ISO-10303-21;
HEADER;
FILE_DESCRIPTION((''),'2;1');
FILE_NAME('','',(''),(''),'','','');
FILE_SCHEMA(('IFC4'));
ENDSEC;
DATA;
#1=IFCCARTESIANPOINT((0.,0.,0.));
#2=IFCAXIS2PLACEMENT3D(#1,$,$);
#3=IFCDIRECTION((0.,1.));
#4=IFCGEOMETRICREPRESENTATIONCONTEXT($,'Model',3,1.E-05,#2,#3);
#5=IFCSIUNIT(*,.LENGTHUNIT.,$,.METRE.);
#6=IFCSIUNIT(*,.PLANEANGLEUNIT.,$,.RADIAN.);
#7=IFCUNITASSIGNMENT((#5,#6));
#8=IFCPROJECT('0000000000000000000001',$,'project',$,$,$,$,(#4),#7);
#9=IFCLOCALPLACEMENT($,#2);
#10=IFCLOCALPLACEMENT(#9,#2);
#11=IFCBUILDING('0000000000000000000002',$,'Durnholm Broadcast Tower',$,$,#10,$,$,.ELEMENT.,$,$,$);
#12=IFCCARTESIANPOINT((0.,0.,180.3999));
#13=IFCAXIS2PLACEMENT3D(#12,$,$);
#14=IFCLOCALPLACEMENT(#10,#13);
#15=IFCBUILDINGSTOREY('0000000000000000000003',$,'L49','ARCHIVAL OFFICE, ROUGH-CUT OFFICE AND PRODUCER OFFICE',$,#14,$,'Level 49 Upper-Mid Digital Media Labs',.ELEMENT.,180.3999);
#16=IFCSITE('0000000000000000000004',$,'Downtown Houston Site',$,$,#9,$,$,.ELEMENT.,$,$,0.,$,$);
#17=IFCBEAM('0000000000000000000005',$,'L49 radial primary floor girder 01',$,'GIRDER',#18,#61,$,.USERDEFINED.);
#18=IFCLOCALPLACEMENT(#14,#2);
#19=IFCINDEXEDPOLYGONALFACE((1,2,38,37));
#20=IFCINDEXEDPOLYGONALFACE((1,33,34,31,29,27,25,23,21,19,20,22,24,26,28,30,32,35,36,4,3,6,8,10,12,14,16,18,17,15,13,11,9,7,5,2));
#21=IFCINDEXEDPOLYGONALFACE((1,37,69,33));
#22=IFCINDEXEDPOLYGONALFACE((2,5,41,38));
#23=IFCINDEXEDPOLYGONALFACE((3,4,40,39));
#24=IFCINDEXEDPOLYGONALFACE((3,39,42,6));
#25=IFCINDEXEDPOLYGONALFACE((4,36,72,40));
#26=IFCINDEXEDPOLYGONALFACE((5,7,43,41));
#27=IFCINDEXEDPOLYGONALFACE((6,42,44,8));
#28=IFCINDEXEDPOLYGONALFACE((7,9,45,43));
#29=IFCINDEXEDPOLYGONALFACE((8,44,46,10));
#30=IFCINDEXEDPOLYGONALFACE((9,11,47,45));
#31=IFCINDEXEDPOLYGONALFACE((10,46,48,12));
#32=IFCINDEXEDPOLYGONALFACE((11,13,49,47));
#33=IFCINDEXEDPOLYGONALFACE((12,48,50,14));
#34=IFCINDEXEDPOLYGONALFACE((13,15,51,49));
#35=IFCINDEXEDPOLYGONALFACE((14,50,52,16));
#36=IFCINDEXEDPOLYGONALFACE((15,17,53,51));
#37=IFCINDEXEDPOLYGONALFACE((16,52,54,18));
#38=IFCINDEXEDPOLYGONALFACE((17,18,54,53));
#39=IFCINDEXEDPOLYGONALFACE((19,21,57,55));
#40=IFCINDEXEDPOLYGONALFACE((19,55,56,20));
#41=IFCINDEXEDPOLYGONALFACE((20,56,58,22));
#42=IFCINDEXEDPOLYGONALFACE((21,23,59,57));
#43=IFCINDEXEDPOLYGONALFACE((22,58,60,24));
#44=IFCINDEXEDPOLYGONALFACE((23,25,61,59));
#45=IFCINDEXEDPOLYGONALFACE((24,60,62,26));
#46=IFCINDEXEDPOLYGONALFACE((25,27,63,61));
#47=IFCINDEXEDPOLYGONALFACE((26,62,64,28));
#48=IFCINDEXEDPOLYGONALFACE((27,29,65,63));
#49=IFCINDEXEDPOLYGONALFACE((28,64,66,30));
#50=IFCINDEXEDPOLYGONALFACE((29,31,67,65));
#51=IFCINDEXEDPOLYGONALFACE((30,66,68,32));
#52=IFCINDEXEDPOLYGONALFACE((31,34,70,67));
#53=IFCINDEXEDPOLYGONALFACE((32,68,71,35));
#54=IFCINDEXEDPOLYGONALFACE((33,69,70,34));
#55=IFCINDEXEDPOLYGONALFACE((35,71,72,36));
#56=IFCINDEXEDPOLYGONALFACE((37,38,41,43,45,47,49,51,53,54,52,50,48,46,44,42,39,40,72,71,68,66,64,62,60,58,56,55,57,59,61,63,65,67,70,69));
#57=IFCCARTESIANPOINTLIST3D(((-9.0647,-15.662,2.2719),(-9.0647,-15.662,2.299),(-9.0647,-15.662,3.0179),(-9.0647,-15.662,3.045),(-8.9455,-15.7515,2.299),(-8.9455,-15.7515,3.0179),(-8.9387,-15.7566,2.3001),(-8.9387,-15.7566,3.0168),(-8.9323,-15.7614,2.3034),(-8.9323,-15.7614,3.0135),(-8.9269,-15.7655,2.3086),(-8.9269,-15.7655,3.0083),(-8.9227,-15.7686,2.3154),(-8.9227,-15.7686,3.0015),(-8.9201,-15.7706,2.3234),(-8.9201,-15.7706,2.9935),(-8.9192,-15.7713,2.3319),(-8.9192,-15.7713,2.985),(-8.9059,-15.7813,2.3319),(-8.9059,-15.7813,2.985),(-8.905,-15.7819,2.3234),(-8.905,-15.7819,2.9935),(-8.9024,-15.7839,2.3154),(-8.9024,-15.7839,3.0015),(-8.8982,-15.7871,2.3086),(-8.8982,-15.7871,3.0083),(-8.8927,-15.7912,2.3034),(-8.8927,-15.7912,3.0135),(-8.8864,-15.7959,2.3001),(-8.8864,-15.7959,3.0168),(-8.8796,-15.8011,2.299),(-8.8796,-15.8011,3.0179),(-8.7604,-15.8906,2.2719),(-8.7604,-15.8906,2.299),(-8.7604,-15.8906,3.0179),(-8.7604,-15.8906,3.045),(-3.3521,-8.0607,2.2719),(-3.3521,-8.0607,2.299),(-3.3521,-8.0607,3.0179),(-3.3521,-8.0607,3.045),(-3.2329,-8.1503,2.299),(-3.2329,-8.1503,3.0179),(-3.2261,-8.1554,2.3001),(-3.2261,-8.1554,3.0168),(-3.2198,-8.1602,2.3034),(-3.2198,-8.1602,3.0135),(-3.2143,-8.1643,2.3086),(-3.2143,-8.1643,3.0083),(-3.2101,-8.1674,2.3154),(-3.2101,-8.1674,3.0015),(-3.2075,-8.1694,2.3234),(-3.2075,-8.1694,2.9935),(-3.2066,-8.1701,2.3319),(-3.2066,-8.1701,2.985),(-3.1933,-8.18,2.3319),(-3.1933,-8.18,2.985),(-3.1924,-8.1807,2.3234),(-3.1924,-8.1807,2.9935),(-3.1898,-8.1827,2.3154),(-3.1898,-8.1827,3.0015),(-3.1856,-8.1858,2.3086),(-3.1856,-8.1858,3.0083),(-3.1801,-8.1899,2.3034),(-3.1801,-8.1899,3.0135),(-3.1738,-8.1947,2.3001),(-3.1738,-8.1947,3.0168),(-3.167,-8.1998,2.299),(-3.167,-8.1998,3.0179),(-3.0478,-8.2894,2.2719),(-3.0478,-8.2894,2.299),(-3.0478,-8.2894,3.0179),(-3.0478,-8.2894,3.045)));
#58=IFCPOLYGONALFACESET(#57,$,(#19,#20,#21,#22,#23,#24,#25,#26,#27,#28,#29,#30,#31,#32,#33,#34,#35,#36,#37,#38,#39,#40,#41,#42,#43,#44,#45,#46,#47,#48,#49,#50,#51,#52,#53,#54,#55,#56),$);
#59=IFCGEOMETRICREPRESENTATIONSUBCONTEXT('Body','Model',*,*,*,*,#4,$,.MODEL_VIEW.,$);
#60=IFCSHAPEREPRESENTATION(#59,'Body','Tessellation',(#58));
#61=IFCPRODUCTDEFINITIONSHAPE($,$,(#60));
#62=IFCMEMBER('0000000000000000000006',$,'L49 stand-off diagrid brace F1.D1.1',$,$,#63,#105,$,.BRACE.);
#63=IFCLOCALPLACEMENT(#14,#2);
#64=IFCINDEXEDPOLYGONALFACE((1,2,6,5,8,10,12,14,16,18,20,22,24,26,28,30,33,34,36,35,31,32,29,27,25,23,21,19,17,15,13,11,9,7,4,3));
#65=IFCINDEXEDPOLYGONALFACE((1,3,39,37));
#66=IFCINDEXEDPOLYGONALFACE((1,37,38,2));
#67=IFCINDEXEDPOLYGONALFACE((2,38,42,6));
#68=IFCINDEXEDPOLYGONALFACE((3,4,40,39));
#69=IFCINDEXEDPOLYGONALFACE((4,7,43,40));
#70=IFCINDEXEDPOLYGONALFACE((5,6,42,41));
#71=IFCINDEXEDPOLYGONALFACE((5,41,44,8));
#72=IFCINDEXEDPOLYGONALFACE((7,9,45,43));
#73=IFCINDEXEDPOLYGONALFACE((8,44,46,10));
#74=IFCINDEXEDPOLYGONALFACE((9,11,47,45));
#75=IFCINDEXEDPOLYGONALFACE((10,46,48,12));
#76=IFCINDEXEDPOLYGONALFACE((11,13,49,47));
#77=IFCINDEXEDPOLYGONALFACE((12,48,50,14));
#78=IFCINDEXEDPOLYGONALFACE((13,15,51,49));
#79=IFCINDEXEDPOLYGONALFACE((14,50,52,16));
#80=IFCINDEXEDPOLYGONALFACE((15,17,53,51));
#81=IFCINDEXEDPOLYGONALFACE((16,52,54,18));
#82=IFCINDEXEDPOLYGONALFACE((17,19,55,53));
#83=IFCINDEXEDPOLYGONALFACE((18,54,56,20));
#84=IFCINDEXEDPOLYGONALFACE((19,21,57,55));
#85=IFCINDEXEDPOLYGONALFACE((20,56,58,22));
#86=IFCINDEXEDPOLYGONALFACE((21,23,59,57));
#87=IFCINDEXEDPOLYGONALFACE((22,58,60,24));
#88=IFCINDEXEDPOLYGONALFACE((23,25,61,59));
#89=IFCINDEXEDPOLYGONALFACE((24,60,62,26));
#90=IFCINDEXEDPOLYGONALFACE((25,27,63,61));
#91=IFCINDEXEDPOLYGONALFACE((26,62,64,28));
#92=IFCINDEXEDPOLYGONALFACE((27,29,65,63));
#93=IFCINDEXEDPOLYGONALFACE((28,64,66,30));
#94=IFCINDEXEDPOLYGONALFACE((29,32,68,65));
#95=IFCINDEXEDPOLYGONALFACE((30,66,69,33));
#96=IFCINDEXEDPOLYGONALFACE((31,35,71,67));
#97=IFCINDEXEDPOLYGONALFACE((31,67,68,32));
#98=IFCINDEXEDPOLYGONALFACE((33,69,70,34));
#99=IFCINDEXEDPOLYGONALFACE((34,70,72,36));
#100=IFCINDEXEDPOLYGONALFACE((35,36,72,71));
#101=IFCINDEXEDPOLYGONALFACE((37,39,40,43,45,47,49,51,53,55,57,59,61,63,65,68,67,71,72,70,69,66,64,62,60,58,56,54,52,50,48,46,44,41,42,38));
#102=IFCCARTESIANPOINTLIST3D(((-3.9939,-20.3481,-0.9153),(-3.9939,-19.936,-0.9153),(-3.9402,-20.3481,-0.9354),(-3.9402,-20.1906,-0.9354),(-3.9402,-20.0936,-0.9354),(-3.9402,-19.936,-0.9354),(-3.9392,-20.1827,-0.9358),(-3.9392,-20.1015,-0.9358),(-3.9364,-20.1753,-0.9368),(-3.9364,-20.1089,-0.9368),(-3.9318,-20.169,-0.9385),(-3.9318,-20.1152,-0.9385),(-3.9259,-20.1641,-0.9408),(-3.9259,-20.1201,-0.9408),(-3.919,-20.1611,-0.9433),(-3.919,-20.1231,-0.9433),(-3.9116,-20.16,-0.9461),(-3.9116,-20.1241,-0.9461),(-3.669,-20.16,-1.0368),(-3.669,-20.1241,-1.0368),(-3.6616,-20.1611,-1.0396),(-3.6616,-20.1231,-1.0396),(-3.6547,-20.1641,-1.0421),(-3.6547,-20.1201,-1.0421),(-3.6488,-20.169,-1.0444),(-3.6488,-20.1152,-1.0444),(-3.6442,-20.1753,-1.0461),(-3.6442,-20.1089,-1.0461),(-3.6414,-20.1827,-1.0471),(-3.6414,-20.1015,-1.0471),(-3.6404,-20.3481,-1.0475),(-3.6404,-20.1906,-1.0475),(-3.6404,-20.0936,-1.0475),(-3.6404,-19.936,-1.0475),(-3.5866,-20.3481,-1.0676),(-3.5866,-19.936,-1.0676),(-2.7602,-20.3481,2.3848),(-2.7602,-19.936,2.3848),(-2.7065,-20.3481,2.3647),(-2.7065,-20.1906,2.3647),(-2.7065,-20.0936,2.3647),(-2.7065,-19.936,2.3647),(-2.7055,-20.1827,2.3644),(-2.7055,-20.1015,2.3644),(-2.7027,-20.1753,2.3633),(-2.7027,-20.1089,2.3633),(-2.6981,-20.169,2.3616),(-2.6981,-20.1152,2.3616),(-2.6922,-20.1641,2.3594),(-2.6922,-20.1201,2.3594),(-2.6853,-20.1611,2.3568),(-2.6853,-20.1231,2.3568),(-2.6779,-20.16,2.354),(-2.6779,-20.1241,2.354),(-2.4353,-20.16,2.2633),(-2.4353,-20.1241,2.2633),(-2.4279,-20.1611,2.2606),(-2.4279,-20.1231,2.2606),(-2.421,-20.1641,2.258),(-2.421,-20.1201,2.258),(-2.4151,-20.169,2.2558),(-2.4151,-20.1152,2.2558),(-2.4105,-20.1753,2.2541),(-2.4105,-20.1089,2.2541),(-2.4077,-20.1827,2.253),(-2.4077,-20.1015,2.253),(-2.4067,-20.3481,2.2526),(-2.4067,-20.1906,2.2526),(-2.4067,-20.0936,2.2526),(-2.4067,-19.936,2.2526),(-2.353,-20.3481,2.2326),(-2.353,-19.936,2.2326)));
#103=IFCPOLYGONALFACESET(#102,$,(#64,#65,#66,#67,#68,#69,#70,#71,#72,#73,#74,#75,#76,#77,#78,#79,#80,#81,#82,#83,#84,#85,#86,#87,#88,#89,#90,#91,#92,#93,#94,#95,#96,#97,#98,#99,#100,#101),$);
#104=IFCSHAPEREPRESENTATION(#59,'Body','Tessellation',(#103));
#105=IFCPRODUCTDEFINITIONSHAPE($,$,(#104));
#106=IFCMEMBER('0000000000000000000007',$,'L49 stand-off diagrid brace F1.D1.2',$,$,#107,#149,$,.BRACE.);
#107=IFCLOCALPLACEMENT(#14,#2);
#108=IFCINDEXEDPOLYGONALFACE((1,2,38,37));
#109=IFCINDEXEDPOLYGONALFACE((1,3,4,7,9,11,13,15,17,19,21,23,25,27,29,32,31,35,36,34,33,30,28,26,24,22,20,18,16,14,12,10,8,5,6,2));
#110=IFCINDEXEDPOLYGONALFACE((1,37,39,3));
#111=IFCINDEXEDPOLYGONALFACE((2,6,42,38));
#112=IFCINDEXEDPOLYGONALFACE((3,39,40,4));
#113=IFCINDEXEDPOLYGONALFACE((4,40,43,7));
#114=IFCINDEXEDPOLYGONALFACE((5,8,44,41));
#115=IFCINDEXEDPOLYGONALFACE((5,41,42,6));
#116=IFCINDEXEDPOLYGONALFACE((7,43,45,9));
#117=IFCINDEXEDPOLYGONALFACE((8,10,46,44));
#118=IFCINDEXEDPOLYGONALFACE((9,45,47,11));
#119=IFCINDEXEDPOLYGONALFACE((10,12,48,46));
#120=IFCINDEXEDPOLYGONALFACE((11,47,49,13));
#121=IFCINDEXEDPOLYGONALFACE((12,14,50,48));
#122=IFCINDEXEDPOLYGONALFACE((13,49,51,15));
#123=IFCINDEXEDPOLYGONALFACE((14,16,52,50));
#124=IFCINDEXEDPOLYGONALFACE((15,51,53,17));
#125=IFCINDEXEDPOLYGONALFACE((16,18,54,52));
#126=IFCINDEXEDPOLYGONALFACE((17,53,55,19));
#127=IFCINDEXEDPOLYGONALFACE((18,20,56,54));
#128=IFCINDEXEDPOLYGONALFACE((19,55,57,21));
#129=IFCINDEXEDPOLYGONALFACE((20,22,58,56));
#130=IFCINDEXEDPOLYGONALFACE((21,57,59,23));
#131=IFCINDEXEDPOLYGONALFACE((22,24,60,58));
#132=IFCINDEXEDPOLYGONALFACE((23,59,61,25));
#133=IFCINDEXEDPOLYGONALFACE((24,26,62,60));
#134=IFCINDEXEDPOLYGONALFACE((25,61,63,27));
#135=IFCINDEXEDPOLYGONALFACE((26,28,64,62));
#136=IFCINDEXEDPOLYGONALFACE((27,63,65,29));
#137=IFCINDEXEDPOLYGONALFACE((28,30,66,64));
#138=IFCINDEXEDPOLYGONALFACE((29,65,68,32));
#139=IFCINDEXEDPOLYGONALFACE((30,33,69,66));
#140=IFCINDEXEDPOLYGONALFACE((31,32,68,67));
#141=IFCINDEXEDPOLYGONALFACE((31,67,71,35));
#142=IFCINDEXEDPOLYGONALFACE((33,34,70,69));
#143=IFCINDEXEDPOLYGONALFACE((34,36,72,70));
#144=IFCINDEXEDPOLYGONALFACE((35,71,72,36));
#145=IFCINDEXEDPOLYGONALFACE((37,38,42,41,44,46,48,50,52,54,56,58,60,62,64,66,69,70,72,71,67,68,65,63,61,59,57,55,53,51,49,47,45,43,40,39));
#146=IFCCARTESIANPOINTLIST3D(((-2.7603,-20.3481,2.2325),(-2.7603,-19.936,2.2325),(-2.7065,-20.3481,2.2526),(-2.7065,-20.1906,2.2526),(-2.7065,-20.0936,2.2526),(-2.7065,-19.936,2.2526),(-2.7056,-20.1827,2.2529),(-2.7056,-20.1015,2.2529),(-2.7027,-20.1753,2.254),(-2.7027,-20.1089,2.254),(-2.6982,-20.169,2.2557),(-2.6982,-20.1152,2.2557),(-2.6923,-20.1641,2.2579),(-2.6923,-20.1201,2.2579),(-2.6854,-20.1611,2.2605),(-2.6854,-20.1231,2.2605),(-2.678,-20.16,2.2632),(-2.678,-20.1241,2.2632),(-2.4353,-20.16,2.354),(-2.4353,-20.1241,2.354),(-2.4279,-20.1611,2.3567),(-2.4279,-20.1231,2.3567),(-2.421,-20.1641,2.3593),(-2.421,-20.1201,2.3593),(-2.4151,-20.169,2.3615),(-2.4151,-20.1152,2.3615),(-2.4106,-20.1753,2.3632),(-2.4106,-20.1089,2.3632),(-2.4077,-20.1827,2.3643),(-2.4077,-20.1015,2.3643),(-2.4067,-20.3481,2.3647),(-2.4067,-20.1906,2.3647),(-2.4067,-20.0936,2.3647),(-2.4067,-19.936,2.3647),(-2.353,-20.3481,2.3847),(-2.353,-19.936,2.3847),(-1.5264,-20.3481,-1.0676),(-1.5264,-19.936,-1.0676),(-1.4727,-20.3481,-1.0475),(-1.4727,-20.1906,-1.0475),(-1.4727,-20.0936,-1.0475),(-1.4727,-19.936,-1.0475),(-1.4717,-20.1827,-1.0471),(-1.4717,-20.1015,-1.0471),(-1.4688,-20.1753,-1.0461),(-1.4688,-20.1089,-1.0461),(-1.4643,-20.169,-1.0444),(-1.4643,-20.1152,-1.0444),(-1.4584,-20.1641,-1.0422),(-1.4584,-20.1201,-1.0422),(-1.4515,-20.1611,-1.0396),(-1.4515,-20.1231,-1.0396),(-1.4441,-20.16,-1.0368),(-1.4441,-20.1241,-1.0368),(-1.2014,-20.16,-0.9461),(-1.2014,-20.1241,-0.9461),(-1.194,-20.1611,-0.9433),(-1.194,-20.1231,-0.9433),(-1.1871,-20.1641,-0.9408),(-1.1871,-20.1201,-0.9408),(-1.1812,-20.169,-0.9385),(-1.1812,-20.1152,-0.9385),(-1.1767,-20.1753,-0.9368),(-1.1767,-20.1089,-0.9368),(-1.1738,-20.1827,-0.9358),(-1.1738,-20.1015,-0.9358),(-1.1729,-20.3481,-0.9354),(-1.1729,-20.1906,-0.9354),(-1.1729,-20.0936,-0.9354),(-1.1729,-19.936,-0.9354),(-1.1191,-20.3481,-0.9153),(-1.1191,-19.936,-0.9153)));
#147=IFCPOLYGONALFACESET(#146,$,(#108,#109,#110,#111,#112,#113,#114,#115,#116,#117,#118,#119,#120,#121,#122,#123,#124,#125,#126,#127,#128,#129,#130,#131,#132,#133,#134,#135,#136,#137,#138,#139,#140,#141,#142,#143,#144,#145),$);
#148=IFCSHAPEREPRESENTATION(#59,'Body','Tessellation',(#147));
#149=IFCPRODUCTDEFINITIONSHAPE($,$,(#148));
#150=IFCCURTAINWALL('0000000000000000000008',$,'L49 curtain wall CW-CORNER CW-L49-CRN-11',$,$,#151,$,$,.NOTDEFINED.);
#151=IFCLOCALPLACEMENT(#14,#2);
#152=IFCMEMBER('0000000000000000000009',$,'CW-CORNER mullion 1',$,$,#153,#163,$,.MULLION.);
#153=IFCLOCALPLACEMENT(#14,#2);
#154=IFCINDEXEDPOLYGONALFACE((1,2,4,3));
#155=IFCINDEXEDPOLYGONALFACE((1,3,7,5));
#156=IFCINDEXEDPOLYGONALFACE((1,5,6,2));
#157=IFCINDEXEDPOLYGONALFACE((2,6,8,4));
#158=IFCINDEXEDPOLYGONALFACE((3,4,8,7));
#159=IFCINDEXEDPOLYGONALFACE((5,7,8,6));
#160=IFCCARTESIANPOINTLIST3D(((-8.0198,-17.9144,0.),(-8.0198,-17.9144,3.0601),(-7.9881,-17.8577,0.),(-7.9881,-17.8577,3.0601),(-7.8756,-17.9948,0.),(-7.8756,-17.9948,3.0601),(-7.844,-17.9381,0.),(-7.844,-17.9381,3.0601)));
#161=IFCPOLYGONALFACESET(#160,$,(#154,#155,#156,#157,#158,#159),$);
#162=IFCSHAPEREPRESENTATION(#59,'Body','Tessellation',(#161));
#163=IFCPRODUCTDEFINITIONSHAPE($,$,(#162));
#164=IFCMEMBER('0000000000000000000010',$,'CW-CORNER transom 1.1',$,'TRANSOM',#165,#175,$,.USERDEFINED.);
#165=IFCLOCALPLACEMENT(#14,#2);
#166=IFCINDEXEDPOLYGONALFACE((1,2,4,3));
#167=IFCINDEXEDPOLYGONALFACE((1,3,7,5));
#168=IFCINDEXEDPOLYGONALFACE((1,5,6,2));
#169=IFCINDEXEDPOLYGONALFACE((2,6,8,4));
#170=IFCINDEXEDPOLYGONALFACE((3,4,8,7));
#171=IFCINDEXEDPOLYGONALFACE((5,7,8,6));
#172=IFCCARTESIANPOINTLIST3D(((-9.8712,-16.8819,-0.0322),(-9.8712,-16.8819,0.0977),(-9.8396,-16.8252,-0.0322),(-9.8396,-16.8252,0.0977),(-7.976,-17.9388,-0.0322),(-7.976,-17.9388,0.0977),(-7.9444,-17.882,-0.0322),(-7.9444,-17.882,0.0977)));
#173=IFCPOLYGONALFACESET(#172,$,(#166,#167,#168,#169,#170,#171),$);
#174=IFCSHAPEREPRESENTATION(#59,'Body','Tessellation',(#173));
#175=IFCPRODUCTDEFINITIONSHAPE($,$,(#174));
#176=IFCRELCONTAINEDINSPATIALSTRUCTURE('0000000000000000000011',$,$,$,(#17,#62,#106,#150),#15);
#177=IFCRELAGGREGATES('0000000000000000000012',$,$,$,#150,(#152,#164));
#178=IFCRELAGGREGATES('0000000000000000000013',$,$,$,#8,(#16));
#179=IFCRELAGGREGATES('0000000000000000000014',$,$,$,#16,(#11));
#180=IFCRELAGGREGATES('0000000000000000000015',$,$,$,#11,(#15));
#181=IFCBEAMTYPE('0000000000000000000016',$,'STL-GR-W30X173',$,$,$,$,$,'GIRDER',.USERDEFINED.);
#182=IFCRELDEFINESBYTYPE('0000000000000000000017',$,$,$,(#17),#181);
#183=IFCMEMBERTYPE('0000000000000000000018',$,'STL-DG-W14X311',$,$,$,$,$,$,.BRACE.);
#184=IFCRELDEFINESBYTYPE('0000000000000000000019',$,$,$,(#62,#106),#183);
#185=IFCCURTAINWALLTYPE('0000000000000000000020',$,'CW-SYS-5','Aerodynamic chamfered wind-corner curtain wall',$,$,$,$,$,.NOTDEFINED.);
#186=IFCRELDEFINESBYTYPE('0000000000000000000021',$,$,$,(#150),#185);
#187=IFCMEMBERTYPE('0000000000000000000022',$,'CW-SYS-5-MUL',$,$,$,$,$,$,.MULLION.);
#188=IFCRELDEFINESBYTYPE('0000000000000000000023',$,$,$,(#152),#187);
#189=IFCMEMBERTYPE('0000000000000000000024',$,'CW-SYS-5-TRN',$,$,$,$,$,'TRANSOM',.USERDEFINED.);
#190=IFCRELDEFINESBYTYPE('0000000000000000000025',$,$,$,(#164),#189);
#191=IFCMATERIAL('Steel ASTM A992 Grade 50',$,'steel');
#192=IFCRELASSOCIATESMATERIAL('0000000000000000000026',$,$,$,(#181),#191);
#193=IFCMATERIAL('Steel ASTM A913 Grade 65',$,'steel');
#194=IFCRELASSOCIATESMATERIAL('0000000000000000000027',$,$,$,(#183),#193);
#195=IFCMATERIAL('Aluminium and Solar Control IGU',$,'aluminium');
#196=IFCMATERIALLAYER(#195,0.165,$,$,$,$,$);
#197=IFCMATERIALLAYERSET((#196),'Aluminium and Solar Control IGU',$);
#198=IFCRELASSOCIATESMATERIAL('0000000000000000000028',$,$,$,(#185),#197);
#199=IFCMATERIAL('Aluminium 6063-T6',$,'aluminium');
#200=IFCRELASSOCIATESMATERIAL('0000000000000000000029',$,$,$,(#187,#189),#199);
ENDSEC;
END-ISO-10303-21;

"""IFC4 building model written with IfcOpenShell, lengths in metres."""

from ifc_helpers import new_model, si_unit, direction, frame, origin, origin_2d, place, context, subcontext, project, spatial, rectangle, i_section, extrude, source, transform, mapped, material, layer, layer_set, material_profile, profile_set, type_object, type_shapes, element, aggregate, save


model = new_model("IFC4")

# Units and contexts
model_context = context("Model", 3, precision=1e-05, world=origin(), true_north=direction((0.0, 1.0)))
body_context = subcontext(model_context, "Body", "Model", "MODEL_VIEW")
ifc_project = project(units=[si_unit("LENGTHUNIT", "METRE"), si_unit("PLANEANGLEUNIT", "RADIAN")], contexts=[model_context])

# Site, building, storey
site_placement = place(None, origin())
site = spatial("IfcSite", under=ifc_project, at=site_placement, Name="Downtown Houston Site", CompositionType="ELEMENT", RefElevation=0.0)
building_placement = place(site_placement, origin())
building = spatial("IfcBuilding", under=site, at=building_placement, Name="Durnholm Broadcast Tower", CompositionType="ELEMENT")
storey_placement = place(building_placement, frame((0.0, 0.0, 180.3999)))
storey = spatial("IfcBuildingStorey", under=building, at=storey_placement, Name="L49", Description="ARCHIVAL OFFICE, ROUGH-CUT OFFICE AND PRODUCER OFFICE", LongName="Level 49 Upper-Mid Digital Media Labs", CompositionType="ELEMENT", Elevation=180.3999)

# Beam
ifc_material_1 = material(Name="Steel ASTM A992 Grade 50", Category="steel")
ifc_material_profile_1 = material_profile(ifc_material_1, i_section(OverallWidth=0.3806, OverallDepth=0.7732, WebThickness=0.0166, FlangeThickness=0.0271, FilletRadius=0.033, at=origin_2d()), Name="W30X173")
ifc_profile_set_1 = profile_set([ifc_material_profile_1], Name="Steel ASTM A992 Grade 50")
beam_type_1 = type_object("IfcBeamType", Name="STL-GR-W30X173", ElementType="GIRDER", PredefinedType="USERDEFINED", material=ifc_profile_set_1)
shared_shape_1 = source(origin(), body_context, "Body", "SweptSolid", [
    extrude(i_section(OverallWidth=0.3806, OverallDepth=0.7732, WebThickness=0.0166, FlangeThickness=0.0271, FilletRadius=0.033, at=origin_2d()), origin(), (0.0, 0.0, 1.0), 9.5085),
])
type_shapes(beam_type_1, [shared_shape_1])
beam_1_placement = place(storey_placement, frame((-3.2, -8.175, 2.6584), z_axis=(-0.600784, -0.799411, 0.0), x_axis=(0.799411, -0.600784, 0.0)))
element("IfcBeam", 1, at=beam_1_placement, inside=storey, type_object=beam_type_1, Name="L49 radial primary floor girder 01", ObjectType="GIRDER", PredefinedType="USERDEFINED", context=body_context, shape_type="MappedRepresentation", body=[
    mapped(shared_shape_1, transform((0.0, 0.0, 0.0), x_axis=(1.0, 0.0, 0.0), y_axis=(0.0, 1.0, 0.0), z_axis=(0.0, 0.0, 1.0), scale=1.0)),
])

# Members
ifc_material_2 = material(Name="Steel ASTM A913 Grade 65", Category="steel")
ifc_material_profile_2 = material_profile(ifc_material_2, i_section(OverallWidth=0.4121, OverallDepth=0.4348, WebThickness=0.0359, FlangeThickness=0.0574, FilletRadius=0.0305, at=origin_2d()), Name="W14X311")
ifc_profile_set_2 = profile_set([ifc_material_profile_2], Name="Steel ASTM A913 Grade 65")
member_type_1 = type_object("IfcMemberType", Name="STL-DG-W14X311", PredefinedType="BRACE", material=ifc_profile_set_2)
shared_shape_2 = source(origin(), body_context, "Body", "SweptSolid", [
    extrude(i_section(OverallWidth=0.4121, OverallDepth=0.4348, WebThickness=0.0359, FlangeThickness=0.0574, FilletRadius=0.0305, at=origin_2d()), origin(), (0.0, 0.0, 1.0), 3.5232),
])
type_shapes(member_type_1, [shared_shape_2])
for number, where, z_axis, x_axis, name in (
    (2, (-3.7903, -20.1421, -0.9915), (0.350159, 0.0, 0.93669), (0.0, 1.0, 0.0), "L49 stand-off diagrid brace F1.D1.1"),
    (3, (-1.3228, -20.1421, -0.9915), (-0.35022, 0.0, 0.936668), (0.0, -1.0, 0.0), "L49 stand-off diagrid brace F1.D1.2"),
):
    element("IfcMember", number, at=place(storey_placement, frame(where, z_axis=z_axis, x_axis=x_axis)), inside=storey, type_object=member_type_1, Name=name, PredefinedType="BRACE", context=body_context, shape_type="MappedRepresentation", body=[
        mapped(shared_shape_2, transform((0.0, 0.0, 0.0), x_axis=(1.0, 0.0, 0.0), y_axis=(0.0, 1.0, 0.0), z_axis=(0.0, 0.0, 1.0), scale=1.0)),
    ])

# Curtain wall, members
ifc_material_3 = material(Name="Aluminium and Solar Control IGU", Category="aluminium")
ifc_layer_1 = layer(ifc_material_3, 0.165)
ifc_layer_set_1 = layer_set([ifc_layer_1], Name="Aluminium and Solar Control IGU")
curtain_wall_type_1 = type_object("IfcCurtainWallType", Name="CW-SYS-5", Description="Aerodynamic chamfered wind-corner curtain wall", PredefinedType="NOTDEFINED", material=ifc_layer_set_1)
curtain_wall_1_placement = place(storey_placement, origin())
curtain_wall_1 = element("IfcCurtainWall", 4, at=curtain_wall_1_placement, inside=storey, type_object=curtain_wall_type_1, Name="L49 curtain wall CW-CORNER CW-L49-CRN-11", PredefinedType="NOTDEFINED")
ifc_material_4 = material(Name="Aluminium 6063-T6", Category="aluminium")
ifc_material_profile_3 = material_profile(ifc_material_4, rectangle(XDim=0.0649, YDim=0.165, at=origin_2d()), Name="CWM65X165")
ifc_profile_set_3 = profile_set([ifc_material_profile_3], Name="Aluminium 6063-T6")
member_type_2 = type_object("IfcMemberType", Name="CW-SYS-5-MUL", PredefinedType="MULLION", material=ifc_profile_set_3)
shared_shape_3 = source(origin(), body_context, "Body", "SweptSolid", [
    extrude(rectangle(XDim=0.0649, YDim=0.165, at=origin_2d()), origin(), (0.0, 0.0, 1.0), 3.0601),
])
type_shapes(member_type_2, [shared_shape_3])
member_1_placement = place(storey_placement, frame((-7.9319, -17.9263, 0.0), z_axis=(0.0, 0.0, 1.0), x_axis=(-0.486986, -0.87341, 0.0)))
member_1 = element("IfcMember", 5, at=member_1_placement, type_object=member_type_2, Name="CW-CORNER mullion 1", PredefinedType="MULLION", context=body_context, shape_type="MappedRepresentation", body=[
    mapped(shared_shape_3, transform((0.0, 0.0, 0.0), x_axis=(1.0, 0.0, 0.0), y_axis=(0.0, 1.0, 0.0), z_axis=(0.0, 0.0, 1.0), scale=1.0)),
])
ifc_material_profile_4 = material_profile(ifc_material_4, rectangle(XDim=0.0649, YDim=0.1299, at=origin_2d()), Name="CWT65X130")
ifc_profile_set_4 = profile_set([ifc_material_profile_4], Name="Aluminium 6063-T6")
member_type_3 = type_object("IfcMemberType", Name="CW-SYS-5-TRN", ElementType="TRANSOM", PredefinedType="USERDEFINED", material=ifc_profile_set_4)
shared_shape_4 = source(origin(), body_context, "Body", "SweptSolid", [
    extrude(rectangle(XDim=0.0649, YDim=0.1299, at=origin_2d()), origin(), (0.0, 0.0, 1.0), 2.1699),
])
type_shapes(member_type_3, [shared_shape_4])
member_2_placement = place(storey_placement, frame((-7.9602, -17.9104, 0.0327), z_axis=(-0.873381, 0.487037, 0.0), x_axis=(-0.487037, -0.873381, 0.0)))
member_2 = element("IfcMember", 6, at=member_2_placement, type_object=member_type_3, Name="CW-CORNER transom 1.1", ObjectType="TRANSOM", PredefinedType="USERDEFINED", context=body_context, shape_type="MappedRepresentation", body=[
    mapped(shared_shape_4, transform((0.0, 0.0, 0.0), x_axis=(1.0, 0.0, 0.0), y_axis=(0.0, 1.0, 0.0), z_axis=(0.0, 0.0, 1.0), scale=1.0)),
])
aggregate(curtain_wall_1, [member_1, member_2])

save(model, "model.ifc")
